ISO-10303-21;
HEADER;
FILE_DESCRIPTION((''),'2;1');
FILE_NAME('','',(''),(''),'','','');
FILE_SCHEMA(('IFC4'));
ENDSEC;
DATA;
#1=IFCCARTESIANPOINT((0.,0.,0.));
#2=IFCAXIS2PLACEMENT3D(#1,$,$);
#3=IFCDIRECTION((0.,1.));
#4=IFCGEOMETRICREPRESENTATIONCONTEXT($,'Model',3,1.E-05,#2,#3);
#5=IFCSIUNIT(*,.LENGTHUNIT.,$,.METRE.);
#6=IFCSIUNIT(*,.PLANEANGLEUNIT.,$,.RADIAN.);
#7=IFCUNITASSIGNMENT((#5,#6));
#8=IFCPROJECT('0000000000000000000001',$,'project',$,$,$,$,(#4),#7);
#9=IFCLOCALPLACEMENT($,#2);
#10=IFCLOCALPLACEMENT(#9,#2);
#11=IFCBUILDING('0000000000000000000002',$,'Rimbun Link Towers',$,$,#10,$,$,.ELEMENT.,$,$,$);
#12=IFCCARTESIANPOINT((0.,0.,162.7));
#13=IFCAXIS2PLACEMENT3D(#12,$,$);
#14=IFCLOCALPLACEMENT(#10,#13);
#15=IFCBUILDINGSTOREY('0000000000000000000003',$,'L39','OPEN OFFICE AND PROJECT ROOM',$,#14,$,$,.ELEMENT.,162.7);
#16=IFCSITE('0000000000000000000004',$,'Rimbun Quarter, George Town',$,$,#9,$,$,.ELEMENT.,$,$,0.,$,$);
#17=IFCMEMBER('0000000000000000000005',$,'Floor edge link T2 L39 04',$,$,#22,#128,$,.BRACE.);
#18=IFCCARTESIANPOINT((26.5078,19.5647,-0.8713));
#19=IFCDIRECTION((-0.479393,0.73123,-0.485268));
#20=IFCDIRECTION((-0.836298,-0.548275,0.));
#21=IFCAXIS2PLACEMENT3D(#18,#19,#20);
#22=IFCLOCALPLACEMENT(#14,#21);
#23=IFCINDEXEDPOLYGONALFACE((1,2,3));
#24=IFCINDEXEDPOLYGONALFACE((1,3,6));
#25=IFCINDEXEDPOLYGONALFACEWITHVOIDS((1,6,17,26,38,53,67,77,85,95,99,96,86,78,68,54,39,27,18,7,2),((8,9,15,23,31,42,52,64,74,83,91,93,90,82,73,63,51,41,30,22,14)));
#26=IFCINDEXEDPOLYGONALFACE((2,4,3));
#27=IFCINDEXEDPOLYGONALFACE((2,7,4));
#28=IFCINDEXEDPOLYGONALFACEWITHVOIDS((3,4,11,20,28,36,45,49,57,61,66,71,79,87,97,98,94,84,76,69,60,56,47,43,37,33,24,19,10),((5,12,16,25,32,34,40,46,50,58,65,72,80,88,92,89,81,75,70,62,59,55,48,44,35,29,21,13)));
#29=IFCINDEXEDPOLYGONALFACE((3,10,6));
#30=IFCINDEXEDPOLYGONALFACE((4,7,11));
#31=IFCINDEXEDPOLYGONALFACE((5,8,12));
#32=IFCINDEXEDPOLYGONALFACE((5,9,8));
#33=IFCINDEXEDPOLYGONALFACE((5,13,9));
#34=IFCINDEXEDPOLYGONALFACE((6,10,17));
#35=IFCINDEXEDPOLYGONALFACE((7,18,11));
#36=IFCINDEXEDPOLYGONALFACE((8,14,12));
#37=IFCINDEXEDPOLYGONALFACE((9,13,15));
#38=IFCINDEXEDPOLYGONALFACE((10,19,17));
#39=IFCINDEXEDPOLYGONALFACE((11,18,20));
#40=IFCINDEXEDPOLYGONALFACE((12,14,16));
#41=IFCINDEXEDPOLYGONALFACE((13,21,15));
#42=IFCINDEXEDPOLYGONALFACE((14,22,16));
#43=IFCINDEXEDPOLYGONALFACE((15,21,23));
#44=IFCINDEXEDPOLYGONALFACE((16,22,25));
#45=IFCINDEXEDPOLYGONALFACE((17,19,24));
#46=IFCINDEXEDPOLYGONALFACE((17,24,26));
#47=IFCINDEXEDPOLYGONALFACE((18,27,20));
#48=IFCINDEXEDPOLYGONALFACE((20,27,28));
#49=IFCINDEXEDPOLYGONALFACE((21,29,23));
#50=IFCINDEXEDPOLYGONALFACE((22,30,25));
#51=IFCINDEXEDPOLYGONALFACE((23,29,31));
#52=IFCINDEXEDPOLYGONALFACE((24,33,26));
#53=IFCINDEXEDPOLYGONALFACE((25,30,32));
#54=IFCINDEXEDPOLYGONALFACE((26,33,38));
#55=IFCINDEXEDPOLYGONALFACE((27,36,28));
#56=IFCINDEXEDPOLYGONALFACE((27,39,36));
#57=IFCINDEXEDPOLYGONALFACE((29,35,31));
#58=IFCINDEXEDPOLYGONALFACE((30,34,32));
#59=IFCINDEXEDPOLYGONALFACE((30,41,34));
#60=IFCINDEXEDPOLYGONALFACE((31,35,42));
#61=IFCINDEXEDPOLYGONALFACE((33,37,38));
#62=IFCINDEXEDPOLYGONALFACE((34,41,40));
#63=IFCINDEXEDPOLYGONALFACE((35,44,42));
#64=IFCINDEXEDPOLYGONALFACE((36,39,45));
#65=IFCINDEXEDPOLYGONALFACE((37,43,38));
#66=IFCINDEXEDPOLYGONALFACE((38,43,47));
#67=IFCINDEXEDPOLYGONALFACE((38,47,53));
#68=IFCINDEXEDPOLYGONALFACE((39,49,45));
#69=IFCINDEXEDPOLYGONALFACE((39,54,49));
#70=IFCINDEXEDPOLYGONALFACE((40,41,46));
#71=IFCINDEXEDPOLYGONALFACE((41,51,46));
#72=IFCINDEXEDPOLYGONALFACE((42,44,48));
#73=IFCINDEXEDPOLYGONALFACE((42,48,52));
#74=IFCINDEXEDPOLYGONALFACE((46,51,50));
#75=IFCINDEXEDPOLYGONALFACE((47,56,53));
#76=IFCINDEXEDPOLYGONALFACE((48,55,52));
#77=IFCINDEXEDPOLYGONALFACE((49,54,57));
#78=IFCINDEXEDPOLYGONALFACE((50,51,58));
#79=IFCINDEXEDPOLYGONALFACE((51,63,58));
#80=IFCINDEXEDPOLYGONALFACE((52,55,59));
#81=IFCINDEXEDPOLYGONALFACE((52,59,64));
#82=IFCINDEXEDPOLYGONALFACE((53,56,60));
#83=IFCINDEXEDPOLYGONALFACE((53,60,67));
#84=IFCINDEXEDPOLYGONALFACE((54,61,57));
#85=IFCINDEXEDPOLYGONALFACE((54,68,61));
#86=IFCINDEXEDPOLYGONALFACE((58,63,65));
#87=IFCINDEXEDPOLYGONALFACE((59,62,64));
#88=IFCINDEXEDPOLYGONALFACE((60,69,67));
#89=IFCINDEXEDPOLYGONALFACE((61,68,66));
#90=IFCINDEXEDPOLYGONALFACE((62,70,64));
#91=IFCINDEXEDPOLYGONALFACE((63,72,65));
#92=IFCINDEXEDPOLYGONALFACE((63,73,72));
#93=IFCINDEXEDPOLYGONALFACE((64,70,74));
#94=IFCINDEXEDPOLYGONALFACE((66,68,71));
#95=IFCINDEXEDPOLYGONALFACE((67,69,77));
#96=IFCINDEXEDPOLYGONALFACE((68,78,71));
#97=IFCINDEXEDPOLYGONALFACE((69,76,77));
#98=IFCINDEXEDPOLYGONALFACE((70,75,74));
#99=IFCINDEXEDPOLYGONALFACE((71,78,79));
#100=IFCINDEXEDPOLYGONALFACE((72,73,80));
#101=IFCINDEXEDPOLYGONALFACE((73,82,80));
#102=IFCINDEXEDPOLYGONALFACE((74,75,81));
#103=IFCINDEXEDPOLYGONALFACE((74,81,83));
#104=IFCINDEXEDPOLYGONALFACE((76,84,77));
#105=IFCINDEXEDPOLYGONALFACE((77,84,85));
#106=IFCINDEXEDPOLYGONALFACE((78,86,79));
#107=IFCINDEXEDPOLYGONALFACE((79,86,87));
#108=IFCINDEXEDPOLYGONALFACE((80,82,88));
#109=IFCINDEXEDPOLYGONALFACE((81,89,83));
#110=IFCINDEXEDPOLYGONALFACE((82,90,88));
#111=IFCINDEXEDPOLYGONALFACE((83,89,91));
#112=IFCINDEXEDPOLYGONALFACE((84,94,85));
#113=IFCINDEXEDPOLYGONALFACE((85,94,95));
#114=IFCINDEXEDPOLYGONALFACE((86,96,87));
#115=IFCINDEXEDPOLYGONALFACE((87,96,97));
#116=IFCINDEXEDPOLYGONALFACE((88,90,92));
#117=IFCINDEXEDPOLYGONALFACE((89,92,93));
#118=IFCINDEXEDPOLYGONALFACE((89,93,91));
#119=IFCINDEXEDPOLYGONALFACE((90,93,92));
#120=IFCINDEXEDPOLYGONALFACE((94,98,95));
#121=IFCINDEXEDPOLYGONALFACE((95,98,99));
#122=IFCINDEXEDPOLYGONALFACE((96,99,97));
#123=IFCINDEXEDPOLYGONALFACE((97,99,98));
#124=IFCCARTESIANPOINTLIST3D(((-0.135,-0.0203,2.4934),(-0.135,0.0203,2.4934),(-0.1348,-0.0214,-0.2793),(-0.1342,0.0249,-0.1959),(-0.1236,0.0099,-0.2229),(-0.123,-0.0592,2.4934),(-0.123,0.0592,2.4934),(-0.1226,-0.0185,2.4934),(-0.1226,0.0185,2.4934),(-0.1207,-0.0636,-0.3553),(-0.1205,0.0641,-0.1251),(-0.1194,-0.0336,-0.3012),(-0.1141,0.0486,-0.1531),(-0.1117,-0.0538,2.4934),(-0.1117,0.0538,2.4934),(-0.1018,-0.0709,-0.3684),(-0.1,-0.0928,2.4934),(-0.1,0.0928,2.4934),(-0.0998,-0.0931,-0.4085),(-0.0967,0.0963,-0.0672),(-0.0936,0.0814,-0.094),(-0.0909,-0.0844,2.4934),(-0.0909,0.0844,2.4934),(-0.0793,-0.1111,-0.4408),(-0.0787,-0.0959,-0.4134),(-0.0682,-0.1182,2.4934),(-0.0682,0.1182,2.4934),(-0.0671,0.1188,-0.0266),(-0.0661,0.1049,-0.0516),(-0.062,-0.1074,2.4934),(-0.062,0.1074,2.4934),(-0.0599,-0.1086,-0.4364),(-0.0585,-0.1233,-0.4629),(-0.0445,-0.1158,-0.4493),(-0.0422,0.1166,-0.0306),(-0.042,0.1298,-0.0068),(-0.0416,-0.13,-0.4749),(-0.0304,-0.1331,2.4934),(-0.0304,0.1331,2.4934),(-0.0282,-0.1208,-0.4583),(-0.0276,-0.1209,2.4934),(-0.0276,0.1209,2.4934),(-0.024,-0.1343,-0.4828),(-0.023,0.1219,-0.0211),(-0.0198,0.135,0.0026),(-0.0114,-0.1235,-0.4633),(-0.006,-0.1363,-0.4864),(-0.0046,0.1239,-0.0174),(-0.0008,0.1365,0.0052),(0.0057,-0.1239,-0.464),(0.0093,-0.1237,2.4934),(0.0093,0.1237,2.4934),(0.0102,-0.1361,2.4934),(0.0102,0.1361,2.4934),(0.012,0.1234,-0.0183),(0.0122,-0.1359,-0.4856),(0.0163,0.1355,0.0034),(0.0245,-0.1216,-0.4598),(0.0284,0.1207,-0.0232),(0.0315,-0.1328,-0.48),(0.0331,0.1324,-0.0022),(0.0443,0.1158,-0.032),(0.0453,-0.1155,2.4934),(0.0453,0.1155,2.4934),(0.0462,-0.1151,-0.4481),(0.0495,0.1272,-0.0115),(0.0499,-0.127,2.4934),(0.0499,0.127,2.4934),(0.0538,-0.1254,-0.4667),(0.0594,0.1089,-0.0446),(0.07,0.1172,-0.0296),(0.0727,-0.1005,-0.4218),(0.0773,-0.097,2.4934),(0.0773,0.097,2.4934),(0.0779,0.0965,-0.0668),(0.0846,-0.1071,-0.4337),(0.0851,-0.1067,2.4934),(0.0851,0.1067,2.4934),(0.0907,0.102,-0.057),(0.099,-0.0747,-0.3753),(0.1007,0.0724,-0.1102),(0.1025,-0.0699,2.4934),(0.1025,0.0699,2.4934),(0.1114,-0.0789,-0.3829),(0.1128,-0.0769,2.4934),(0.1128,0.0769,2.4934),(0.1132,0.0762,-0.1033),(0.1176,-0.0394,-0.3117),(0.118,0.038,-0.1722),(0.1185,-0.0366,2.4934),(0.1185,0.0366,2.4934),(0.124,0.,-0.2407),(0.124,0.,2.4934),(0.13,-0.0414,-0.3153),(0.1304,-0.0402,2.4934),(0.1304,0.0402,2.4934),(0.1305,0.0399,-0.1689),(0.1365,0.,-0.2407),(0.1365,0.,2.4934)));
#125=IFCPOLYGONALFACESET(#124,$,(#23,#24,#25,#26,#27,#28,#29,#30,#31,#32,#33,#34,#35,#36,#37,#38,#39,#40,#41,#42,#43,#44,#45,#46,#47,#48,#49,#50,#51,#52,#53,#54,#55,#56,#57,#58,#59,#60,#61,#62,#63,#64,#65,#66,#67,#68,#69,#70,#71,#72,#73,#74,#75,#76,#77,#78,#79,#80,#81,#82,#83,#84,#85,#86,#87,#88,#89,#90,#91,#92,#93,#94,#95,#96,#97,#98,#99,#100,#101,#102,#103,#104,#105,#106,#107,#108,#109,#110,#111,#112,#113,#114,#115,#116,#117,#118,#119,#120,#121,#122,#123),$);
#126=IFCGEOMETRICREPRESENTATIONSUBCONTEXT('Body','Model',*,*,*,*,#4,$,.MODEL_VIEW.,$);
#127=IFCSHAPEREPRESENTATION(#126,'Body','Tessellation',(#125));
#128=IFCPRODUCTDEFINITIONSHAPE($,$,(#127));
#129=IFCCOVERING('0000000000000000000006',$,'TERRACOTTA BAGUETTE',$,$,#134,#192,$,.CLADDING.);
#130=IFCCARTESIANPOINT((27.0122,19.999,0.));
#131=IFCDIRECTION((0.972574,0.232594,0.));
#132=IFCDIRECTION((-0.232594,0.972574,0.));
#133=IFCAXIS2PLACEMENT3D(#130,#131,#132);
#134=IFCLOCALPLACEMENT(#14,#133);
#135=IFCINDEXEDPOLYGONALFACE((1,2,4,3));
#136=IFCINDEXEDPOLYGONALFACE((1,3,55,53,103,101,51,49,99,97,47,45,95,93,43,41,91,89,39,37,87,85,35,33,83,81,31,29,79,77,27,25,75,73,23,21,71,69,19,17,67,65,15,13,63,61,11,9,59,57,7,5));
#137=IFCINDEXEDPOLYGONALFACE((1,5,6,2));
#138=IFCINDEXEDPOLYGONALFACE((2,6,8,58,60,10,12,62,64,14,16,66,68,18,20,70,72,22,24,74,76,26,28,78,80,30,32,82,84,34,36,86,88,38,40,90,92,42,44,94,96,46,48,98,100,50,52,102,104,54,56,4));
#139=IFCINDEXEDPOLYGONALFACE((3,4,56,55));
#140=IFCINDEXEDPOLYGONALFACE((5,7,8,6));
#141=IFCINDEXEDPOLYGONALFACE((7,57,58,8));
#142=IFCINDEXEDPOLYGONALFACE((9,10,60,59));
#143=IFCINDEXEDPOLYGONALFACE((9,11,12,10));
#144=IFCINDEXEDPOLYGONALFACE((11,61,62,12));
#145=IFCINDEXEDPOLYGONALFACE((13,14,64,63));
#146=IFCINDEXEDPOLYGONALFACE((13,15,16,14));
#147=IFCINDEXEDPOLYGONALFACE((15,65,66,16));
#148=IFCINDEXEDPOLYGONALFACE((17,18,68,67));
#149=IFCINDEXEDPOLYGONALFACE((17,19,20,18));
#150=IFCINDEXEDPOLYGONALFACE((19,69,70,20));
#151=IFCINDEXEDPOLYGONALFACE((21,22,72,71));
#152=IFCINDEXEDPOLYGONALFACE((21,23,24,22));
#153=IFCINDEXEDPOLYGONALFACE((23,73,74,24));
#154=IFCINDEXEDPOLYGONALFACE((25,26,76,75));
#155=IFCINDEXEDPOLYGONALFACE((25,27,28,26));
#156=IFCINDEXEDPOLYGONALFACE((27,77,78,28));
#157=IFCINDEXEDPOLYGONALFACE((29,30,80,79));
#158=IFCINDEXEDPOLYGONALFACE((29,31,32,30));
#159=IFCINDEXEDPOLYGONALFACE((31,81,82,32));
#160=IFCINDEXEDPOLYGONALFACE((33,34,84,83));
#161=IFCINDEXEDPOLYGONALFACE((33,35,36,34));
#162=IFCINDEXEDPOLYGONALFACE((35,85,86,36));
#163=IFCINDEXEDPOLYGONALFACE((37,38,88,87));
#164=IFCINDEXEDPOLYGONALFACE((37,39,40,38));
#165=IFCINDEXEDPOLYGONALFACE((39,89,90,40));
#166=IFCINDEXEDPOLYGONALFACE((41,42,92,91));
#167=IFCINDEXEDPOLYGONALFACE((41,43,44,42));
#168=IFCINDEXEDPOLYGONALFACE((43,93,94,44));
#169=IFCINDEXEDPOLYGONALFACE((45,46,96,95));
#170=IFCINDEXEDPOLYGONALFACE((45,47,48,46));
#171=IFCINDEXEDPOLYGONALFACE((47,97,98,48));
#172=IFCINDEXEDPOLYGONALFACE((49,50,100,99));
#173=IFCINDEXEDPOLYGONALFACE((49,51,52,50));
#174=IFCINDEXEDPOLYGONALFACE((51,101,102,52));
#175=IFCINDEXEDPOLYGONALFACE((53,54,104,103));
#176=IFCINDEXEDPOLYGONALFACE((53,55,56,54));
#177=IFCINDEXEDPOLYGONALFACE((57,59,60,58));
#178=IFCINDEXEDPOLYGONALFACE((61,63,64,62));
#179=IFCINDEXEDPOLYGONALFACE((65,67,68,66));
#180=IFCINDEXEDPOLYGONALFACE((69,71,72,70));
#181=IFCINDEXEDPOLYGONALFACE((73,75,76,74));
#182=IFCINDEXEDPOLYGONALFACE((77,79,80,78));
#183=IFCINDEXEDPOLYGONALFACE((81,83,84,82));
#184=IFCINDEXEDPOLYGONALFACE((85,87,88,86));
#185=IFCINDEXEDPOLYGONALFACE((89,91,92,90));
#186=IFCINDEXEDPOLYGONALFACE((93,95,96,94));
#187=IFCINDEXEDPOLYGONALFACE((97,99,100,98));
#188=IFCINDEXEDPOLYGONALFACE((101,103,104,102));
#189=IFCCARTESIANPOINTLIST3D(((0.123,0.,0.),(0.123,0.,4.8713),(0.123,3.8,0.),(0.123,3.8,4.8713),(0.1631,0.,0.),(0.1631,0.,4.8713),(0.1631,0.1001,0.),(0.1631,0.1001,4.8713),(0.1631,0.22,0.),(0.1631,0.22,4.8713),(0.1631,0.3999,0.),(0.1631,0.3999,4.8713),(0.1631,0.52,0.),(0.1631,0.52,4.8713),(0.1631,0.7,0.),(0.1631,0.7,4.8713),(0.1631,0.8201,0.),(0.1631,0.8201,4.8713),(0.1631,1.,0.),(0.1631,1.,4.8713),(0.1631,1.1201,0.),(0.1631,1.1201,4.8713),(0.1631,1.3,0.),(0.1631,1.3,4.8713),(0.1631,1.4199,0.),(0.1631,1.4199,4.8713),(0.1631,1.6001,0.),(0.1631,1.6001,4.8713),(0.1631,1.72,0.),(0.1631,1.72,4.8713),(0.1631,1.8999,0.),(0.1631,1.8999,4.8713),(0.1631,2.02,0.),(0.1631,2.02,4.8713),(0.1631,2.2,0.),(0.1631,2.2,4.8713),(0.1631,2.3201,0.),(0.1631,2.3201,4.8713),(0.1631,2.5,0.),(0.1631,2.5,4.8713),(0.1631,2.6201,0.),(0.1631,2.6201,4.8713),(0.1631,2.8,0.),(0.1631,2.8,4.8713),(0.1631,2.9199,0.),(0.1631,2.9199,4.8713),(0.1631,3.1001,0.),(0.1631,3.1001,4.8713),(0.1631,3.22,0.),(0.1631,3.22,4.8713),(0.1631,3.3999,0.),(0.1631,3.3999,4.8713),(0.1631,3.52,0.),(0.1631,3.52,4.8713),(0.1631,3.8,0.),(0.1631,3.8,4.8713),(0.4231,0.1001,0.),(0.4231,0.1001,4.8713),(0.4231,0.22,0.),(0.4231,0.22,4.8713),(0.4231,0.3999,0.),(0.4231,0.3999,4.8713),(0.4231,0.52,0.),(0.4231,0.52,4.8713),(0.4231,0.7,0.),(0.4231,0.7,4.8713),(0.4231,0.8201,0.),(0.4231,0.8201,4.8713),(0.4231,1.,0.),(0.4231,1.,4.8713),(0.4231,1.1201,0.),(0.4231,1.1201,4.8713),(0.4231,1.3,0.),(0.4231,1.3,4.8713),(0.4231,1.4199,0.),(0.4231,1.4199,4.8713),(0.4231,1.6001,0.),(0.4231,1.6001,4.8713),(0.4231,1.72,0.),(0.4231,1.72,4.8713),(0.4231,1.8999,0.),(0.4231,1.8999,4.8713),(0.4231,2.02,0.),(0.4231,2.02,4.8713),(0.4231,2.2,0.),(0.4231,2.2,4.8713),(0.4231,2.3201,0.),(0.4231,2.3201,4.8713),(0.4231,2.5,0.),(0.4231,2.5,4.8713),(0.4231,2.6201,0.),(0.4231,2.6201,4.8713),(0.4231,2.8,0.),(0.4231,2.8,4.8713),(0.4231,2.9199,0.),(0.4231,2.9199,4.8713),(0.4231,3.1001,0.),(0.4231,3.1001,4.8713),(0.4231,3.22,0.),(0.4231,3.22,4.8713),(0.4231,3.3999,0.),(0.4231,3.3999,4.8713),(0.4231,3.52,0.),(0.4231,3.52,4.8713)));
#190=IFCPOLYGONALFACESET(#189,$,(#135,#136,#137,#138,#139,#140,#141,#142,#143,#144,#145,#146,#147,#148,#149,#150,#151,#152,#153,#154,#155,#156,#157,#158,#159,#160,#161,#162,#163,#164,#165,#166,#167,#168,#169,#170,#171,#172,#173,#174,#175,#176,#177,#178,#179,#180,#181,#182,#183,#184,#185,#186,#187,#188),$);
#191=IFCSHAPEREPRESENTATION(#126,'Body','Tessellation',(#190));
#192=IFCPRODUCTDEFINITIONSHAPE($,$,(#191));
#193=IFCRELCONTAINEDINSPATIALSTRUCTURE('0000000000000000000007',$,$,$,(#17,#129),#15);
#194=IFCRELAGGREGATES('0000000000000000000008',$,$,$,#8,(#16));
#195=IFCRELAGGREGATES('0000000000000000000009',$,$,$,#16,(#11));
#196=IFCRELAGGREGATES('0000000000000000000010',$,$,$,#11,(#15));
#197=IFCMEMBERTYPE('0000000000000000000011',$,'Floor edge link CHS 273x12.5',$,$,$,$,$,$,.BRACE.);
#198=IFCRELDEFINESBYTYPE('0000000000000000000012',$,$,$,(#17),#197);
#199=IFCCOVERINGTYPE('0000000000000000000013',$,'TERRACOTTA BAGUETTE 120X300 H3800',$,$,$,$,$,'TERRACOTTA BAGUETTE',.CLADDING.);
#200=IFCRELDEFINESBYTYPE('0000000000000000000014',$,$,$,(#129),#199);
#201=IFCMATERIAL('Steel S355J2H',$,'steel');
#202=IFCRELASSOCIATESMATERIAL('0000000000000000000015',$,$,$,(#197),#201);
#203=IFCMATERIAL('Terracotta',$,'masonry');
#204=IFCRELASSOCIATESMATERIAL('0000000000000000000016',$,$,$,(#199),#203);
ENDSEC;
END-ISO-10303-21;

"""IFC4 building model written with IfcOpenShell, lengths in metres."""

from ifc_helpers import new_model, si_unit, direction, frame, origin, origin_2d, place, context, subcontext, project, spatial, polyline, hollow_circle, outline, extrude, clip, halfspace, material, material_profile, profile_set, type_object, element, save


model = new_model("IFC4")

# Units and contexts
model_context = context("Model", 3, precision=1e-05, world=origin(), true_north=direction((0.0, 1.0)))
body_context = subcontext(model_context, "Body", "Model", "MODEL_VIEW")
ifc_project = project(units=[si_unit("LENGTHUNIT", "METRE"), si_unit("PLANEANGLEUNIT", "RADIAN")], contexts=[model_context])

# Site, building, storey
site_placement = place(None, origin())
site = spatial("IfcSite", under=ifc_project, at=site_placement, Name="Rimbun Quarter, George Town", CompositionType="ELEMENT", RefElevation=0.0)
building_placement = place(site_placement, origin())
building = spatial("IfcBuilding", under=site, at=building_placement, Name="Rimbun Link Towers", CompositionType="ELEMENT")
storey_placement = place(building_placement, frame((0.0, 0.0, 162.7)))
storey = spatial("IfcBuildingStorey", under=building, at=storey_placement, Name="L39", Description="OPEN OFFICE AND PROJECT ROOM", CompositionType="ELEMENT", Elevation=162.7)

# Member
ifc_material_1 = material(Name="Steel S355J2H", Category="steel")
ifc_material_profile_1 = material_profile(ifc_material_1, hollow_circle(Radius=0.1365, WallThickness=0.0125, at=origin_2d()), Name="CHS 273x12.5")
ifc_profile_set_1 = profile_set([ifc_material_profile_1], Name="Steel S355J2H")
member_type_1 = type_object("IfcMemberType", Name="Floor edge link CHS 273x12.5", PredefinedType="BRACE", material=ifc_profile_set_1)
member_1_placement = place(storey_placement, frame((26.5078, 19.5647, -0.8713), z_axis=(-0.479393, 0.73123, -0.485268), x_axis=(-0.836298, -0.548275, 0.0)))
element("IfcMember", 1, at=member_1_placement, inside=storey, type_object=member_type_1, Name="Floor edge link T2 L39 04", PredefinedType="BRACE", context=body_context, shape_type="Clipping", body=[
    clip(extrude(hollow_circle(Radius=0.1365, WallThickness=0.0125, at=origin_2d()), frame((0.0, 0.0, -0.5125)), (0.0, 0.0, 1.0), 3.0059), halfspace(frame((0.0, 0.0, -0.2407), z_axis=(0.0, 0.874366, -0.485268)), False)),
])

# Covering
ifc_material_2 = material(Name="Terracotta", Category="masonry")
ifc_material_profile_2 = material_profile(ifc_material_2, outline(polyline([(0.123, 0.0), (0.1631, 0.0), (0.1631, 0.1001), (0.4231, 0.1001), (0.4231, 0.22), (0.1631, 0.22), (0.1631, 0.3999), (0.4231, 0.3999), (0.4231, 0.52), (0.1631, 0.52), (0.1631, 0.7), (0.4231, 0.7), (0.4231, 0.8201), (0.1631, 0.8201), (0.1631, 1.0), (0.4231, 1.0), (0.4231, 1.1201), (0.1631, 1.1201), (0.1631, 1.3), (0.4231, 1.3), (0.4231, 1.4199), (0.1631, 1.4199), (0.1631, 1.6001), (0.4231, 1.6001), (0.4231, 1.72), (0.1631, 1.72), (0.1631, 1.8999), (0.4231, 1.8999), (0.4231, 2.02), (0.1631, 2.02), (0.1631, 2.2), (0.4231, 2.2), (0.4231, 2.3201), (0.1631, 2.3201), (0.1631, 2.5), (0.4231, 2.5), (0.4231, 2.6201), (0.1631, 2.6201), (0.1631, 2.8), (0.4231, 2.8), (0.4231, 2.9199), (0.1631, 2.9199), (0.1631, 3.1001), (0.4231, 3.1001), (0.4231, 3.22), (0.1631, 3.22), (0.1631, 3.3999), (0.4231, 3.3999), (0.4231, 3.52), (0.1631, 3.52), (0.1631, 3.8), (0.123, 3.8), (0.123, 0.0)])), Name="BAGUETTE 120X300")
ifc_profile_set_2 = profile_set([ifc_material_profile_2], Name="Terracotta")
covering_type = type_object("IfcCoveringType", Name="TERRACOTTA BAGUETTE 120X300 H3800", ElementType="TERRACOTTA BAGUETTE", PredefinedType="CLADDING", material=ifc_profile_set_2)
covering_1_placement = place(storey_placement, frame((27.0122, 19.999, 0.0), z_axis=(0.972574, 0.232594, 0.0), x_axis=(-0.232594, 0.972574, 0.0)))
element("IfcCovering", 2, at=covering_1_placement, inside=storey, type_object=covering_type, Name="TERRACOTTA BAGUETTE", PredefinedType="CLADDING", context=body_context, shape_type="SweptSolid", body=[
    extrude(outline(polyline([(0.123, 0.0), (0.1631, 0.0), (0.1631, 0.1001), (0.4231, 0.1001), (0.4231, 0.22), (0.1631, 0.22), (0.1631, 0.3999), (0.4231, 0.3999), (0.4231, 0.52), (0.1631, 0.52), (0.1631, 0.7), (0.4231, 0.7), (0.4231, 0.8201), (0.1631, 0.8201), (0.1631, 1.0), (0.4231, 1.0), (0.4231, 1.1201), (0.1631, 1.1201), (0.1631, 1.3), (0.4231, 1.3), (0.4231, 1.4199), (0.1631, 1.4199), (0.1631, 1.6001), (0.4231, 1.6001), (0.4231, 1.72), (0.1631, 1.72), (0.1631, 1.8999), (0.4231, 1.8999), (0.4231, 2.02), (0.1631, 2.02), (0.1631, 2.2), (0.4231, 2.2), (0.4231, 2.3201), (0.1631, 2.3201), (0.1631, 2.5), (0.4231, 2.5), (0.4231, 2.6201), (0.1631, 2.6201), (0.1631, 2.8), (0.4231, 2.8), (0.4231, 2.9199), (0.1631, 2.9199), (0.1631, 3.1001), (0.4231, 3.1001), (0.4231, 3.22), (0.1631, 3.22), (0.1631, 3.3999), (0.4231, 3.3999), (0.4231, 3.52), (0.1631, 3.52), (0.1631, 3.8), (0.123, 3.8), (0.123, 0.0)])), origin(), (0.0, 0.0, 1.0), 4.8713),
])

save(model, "model.ifc")
